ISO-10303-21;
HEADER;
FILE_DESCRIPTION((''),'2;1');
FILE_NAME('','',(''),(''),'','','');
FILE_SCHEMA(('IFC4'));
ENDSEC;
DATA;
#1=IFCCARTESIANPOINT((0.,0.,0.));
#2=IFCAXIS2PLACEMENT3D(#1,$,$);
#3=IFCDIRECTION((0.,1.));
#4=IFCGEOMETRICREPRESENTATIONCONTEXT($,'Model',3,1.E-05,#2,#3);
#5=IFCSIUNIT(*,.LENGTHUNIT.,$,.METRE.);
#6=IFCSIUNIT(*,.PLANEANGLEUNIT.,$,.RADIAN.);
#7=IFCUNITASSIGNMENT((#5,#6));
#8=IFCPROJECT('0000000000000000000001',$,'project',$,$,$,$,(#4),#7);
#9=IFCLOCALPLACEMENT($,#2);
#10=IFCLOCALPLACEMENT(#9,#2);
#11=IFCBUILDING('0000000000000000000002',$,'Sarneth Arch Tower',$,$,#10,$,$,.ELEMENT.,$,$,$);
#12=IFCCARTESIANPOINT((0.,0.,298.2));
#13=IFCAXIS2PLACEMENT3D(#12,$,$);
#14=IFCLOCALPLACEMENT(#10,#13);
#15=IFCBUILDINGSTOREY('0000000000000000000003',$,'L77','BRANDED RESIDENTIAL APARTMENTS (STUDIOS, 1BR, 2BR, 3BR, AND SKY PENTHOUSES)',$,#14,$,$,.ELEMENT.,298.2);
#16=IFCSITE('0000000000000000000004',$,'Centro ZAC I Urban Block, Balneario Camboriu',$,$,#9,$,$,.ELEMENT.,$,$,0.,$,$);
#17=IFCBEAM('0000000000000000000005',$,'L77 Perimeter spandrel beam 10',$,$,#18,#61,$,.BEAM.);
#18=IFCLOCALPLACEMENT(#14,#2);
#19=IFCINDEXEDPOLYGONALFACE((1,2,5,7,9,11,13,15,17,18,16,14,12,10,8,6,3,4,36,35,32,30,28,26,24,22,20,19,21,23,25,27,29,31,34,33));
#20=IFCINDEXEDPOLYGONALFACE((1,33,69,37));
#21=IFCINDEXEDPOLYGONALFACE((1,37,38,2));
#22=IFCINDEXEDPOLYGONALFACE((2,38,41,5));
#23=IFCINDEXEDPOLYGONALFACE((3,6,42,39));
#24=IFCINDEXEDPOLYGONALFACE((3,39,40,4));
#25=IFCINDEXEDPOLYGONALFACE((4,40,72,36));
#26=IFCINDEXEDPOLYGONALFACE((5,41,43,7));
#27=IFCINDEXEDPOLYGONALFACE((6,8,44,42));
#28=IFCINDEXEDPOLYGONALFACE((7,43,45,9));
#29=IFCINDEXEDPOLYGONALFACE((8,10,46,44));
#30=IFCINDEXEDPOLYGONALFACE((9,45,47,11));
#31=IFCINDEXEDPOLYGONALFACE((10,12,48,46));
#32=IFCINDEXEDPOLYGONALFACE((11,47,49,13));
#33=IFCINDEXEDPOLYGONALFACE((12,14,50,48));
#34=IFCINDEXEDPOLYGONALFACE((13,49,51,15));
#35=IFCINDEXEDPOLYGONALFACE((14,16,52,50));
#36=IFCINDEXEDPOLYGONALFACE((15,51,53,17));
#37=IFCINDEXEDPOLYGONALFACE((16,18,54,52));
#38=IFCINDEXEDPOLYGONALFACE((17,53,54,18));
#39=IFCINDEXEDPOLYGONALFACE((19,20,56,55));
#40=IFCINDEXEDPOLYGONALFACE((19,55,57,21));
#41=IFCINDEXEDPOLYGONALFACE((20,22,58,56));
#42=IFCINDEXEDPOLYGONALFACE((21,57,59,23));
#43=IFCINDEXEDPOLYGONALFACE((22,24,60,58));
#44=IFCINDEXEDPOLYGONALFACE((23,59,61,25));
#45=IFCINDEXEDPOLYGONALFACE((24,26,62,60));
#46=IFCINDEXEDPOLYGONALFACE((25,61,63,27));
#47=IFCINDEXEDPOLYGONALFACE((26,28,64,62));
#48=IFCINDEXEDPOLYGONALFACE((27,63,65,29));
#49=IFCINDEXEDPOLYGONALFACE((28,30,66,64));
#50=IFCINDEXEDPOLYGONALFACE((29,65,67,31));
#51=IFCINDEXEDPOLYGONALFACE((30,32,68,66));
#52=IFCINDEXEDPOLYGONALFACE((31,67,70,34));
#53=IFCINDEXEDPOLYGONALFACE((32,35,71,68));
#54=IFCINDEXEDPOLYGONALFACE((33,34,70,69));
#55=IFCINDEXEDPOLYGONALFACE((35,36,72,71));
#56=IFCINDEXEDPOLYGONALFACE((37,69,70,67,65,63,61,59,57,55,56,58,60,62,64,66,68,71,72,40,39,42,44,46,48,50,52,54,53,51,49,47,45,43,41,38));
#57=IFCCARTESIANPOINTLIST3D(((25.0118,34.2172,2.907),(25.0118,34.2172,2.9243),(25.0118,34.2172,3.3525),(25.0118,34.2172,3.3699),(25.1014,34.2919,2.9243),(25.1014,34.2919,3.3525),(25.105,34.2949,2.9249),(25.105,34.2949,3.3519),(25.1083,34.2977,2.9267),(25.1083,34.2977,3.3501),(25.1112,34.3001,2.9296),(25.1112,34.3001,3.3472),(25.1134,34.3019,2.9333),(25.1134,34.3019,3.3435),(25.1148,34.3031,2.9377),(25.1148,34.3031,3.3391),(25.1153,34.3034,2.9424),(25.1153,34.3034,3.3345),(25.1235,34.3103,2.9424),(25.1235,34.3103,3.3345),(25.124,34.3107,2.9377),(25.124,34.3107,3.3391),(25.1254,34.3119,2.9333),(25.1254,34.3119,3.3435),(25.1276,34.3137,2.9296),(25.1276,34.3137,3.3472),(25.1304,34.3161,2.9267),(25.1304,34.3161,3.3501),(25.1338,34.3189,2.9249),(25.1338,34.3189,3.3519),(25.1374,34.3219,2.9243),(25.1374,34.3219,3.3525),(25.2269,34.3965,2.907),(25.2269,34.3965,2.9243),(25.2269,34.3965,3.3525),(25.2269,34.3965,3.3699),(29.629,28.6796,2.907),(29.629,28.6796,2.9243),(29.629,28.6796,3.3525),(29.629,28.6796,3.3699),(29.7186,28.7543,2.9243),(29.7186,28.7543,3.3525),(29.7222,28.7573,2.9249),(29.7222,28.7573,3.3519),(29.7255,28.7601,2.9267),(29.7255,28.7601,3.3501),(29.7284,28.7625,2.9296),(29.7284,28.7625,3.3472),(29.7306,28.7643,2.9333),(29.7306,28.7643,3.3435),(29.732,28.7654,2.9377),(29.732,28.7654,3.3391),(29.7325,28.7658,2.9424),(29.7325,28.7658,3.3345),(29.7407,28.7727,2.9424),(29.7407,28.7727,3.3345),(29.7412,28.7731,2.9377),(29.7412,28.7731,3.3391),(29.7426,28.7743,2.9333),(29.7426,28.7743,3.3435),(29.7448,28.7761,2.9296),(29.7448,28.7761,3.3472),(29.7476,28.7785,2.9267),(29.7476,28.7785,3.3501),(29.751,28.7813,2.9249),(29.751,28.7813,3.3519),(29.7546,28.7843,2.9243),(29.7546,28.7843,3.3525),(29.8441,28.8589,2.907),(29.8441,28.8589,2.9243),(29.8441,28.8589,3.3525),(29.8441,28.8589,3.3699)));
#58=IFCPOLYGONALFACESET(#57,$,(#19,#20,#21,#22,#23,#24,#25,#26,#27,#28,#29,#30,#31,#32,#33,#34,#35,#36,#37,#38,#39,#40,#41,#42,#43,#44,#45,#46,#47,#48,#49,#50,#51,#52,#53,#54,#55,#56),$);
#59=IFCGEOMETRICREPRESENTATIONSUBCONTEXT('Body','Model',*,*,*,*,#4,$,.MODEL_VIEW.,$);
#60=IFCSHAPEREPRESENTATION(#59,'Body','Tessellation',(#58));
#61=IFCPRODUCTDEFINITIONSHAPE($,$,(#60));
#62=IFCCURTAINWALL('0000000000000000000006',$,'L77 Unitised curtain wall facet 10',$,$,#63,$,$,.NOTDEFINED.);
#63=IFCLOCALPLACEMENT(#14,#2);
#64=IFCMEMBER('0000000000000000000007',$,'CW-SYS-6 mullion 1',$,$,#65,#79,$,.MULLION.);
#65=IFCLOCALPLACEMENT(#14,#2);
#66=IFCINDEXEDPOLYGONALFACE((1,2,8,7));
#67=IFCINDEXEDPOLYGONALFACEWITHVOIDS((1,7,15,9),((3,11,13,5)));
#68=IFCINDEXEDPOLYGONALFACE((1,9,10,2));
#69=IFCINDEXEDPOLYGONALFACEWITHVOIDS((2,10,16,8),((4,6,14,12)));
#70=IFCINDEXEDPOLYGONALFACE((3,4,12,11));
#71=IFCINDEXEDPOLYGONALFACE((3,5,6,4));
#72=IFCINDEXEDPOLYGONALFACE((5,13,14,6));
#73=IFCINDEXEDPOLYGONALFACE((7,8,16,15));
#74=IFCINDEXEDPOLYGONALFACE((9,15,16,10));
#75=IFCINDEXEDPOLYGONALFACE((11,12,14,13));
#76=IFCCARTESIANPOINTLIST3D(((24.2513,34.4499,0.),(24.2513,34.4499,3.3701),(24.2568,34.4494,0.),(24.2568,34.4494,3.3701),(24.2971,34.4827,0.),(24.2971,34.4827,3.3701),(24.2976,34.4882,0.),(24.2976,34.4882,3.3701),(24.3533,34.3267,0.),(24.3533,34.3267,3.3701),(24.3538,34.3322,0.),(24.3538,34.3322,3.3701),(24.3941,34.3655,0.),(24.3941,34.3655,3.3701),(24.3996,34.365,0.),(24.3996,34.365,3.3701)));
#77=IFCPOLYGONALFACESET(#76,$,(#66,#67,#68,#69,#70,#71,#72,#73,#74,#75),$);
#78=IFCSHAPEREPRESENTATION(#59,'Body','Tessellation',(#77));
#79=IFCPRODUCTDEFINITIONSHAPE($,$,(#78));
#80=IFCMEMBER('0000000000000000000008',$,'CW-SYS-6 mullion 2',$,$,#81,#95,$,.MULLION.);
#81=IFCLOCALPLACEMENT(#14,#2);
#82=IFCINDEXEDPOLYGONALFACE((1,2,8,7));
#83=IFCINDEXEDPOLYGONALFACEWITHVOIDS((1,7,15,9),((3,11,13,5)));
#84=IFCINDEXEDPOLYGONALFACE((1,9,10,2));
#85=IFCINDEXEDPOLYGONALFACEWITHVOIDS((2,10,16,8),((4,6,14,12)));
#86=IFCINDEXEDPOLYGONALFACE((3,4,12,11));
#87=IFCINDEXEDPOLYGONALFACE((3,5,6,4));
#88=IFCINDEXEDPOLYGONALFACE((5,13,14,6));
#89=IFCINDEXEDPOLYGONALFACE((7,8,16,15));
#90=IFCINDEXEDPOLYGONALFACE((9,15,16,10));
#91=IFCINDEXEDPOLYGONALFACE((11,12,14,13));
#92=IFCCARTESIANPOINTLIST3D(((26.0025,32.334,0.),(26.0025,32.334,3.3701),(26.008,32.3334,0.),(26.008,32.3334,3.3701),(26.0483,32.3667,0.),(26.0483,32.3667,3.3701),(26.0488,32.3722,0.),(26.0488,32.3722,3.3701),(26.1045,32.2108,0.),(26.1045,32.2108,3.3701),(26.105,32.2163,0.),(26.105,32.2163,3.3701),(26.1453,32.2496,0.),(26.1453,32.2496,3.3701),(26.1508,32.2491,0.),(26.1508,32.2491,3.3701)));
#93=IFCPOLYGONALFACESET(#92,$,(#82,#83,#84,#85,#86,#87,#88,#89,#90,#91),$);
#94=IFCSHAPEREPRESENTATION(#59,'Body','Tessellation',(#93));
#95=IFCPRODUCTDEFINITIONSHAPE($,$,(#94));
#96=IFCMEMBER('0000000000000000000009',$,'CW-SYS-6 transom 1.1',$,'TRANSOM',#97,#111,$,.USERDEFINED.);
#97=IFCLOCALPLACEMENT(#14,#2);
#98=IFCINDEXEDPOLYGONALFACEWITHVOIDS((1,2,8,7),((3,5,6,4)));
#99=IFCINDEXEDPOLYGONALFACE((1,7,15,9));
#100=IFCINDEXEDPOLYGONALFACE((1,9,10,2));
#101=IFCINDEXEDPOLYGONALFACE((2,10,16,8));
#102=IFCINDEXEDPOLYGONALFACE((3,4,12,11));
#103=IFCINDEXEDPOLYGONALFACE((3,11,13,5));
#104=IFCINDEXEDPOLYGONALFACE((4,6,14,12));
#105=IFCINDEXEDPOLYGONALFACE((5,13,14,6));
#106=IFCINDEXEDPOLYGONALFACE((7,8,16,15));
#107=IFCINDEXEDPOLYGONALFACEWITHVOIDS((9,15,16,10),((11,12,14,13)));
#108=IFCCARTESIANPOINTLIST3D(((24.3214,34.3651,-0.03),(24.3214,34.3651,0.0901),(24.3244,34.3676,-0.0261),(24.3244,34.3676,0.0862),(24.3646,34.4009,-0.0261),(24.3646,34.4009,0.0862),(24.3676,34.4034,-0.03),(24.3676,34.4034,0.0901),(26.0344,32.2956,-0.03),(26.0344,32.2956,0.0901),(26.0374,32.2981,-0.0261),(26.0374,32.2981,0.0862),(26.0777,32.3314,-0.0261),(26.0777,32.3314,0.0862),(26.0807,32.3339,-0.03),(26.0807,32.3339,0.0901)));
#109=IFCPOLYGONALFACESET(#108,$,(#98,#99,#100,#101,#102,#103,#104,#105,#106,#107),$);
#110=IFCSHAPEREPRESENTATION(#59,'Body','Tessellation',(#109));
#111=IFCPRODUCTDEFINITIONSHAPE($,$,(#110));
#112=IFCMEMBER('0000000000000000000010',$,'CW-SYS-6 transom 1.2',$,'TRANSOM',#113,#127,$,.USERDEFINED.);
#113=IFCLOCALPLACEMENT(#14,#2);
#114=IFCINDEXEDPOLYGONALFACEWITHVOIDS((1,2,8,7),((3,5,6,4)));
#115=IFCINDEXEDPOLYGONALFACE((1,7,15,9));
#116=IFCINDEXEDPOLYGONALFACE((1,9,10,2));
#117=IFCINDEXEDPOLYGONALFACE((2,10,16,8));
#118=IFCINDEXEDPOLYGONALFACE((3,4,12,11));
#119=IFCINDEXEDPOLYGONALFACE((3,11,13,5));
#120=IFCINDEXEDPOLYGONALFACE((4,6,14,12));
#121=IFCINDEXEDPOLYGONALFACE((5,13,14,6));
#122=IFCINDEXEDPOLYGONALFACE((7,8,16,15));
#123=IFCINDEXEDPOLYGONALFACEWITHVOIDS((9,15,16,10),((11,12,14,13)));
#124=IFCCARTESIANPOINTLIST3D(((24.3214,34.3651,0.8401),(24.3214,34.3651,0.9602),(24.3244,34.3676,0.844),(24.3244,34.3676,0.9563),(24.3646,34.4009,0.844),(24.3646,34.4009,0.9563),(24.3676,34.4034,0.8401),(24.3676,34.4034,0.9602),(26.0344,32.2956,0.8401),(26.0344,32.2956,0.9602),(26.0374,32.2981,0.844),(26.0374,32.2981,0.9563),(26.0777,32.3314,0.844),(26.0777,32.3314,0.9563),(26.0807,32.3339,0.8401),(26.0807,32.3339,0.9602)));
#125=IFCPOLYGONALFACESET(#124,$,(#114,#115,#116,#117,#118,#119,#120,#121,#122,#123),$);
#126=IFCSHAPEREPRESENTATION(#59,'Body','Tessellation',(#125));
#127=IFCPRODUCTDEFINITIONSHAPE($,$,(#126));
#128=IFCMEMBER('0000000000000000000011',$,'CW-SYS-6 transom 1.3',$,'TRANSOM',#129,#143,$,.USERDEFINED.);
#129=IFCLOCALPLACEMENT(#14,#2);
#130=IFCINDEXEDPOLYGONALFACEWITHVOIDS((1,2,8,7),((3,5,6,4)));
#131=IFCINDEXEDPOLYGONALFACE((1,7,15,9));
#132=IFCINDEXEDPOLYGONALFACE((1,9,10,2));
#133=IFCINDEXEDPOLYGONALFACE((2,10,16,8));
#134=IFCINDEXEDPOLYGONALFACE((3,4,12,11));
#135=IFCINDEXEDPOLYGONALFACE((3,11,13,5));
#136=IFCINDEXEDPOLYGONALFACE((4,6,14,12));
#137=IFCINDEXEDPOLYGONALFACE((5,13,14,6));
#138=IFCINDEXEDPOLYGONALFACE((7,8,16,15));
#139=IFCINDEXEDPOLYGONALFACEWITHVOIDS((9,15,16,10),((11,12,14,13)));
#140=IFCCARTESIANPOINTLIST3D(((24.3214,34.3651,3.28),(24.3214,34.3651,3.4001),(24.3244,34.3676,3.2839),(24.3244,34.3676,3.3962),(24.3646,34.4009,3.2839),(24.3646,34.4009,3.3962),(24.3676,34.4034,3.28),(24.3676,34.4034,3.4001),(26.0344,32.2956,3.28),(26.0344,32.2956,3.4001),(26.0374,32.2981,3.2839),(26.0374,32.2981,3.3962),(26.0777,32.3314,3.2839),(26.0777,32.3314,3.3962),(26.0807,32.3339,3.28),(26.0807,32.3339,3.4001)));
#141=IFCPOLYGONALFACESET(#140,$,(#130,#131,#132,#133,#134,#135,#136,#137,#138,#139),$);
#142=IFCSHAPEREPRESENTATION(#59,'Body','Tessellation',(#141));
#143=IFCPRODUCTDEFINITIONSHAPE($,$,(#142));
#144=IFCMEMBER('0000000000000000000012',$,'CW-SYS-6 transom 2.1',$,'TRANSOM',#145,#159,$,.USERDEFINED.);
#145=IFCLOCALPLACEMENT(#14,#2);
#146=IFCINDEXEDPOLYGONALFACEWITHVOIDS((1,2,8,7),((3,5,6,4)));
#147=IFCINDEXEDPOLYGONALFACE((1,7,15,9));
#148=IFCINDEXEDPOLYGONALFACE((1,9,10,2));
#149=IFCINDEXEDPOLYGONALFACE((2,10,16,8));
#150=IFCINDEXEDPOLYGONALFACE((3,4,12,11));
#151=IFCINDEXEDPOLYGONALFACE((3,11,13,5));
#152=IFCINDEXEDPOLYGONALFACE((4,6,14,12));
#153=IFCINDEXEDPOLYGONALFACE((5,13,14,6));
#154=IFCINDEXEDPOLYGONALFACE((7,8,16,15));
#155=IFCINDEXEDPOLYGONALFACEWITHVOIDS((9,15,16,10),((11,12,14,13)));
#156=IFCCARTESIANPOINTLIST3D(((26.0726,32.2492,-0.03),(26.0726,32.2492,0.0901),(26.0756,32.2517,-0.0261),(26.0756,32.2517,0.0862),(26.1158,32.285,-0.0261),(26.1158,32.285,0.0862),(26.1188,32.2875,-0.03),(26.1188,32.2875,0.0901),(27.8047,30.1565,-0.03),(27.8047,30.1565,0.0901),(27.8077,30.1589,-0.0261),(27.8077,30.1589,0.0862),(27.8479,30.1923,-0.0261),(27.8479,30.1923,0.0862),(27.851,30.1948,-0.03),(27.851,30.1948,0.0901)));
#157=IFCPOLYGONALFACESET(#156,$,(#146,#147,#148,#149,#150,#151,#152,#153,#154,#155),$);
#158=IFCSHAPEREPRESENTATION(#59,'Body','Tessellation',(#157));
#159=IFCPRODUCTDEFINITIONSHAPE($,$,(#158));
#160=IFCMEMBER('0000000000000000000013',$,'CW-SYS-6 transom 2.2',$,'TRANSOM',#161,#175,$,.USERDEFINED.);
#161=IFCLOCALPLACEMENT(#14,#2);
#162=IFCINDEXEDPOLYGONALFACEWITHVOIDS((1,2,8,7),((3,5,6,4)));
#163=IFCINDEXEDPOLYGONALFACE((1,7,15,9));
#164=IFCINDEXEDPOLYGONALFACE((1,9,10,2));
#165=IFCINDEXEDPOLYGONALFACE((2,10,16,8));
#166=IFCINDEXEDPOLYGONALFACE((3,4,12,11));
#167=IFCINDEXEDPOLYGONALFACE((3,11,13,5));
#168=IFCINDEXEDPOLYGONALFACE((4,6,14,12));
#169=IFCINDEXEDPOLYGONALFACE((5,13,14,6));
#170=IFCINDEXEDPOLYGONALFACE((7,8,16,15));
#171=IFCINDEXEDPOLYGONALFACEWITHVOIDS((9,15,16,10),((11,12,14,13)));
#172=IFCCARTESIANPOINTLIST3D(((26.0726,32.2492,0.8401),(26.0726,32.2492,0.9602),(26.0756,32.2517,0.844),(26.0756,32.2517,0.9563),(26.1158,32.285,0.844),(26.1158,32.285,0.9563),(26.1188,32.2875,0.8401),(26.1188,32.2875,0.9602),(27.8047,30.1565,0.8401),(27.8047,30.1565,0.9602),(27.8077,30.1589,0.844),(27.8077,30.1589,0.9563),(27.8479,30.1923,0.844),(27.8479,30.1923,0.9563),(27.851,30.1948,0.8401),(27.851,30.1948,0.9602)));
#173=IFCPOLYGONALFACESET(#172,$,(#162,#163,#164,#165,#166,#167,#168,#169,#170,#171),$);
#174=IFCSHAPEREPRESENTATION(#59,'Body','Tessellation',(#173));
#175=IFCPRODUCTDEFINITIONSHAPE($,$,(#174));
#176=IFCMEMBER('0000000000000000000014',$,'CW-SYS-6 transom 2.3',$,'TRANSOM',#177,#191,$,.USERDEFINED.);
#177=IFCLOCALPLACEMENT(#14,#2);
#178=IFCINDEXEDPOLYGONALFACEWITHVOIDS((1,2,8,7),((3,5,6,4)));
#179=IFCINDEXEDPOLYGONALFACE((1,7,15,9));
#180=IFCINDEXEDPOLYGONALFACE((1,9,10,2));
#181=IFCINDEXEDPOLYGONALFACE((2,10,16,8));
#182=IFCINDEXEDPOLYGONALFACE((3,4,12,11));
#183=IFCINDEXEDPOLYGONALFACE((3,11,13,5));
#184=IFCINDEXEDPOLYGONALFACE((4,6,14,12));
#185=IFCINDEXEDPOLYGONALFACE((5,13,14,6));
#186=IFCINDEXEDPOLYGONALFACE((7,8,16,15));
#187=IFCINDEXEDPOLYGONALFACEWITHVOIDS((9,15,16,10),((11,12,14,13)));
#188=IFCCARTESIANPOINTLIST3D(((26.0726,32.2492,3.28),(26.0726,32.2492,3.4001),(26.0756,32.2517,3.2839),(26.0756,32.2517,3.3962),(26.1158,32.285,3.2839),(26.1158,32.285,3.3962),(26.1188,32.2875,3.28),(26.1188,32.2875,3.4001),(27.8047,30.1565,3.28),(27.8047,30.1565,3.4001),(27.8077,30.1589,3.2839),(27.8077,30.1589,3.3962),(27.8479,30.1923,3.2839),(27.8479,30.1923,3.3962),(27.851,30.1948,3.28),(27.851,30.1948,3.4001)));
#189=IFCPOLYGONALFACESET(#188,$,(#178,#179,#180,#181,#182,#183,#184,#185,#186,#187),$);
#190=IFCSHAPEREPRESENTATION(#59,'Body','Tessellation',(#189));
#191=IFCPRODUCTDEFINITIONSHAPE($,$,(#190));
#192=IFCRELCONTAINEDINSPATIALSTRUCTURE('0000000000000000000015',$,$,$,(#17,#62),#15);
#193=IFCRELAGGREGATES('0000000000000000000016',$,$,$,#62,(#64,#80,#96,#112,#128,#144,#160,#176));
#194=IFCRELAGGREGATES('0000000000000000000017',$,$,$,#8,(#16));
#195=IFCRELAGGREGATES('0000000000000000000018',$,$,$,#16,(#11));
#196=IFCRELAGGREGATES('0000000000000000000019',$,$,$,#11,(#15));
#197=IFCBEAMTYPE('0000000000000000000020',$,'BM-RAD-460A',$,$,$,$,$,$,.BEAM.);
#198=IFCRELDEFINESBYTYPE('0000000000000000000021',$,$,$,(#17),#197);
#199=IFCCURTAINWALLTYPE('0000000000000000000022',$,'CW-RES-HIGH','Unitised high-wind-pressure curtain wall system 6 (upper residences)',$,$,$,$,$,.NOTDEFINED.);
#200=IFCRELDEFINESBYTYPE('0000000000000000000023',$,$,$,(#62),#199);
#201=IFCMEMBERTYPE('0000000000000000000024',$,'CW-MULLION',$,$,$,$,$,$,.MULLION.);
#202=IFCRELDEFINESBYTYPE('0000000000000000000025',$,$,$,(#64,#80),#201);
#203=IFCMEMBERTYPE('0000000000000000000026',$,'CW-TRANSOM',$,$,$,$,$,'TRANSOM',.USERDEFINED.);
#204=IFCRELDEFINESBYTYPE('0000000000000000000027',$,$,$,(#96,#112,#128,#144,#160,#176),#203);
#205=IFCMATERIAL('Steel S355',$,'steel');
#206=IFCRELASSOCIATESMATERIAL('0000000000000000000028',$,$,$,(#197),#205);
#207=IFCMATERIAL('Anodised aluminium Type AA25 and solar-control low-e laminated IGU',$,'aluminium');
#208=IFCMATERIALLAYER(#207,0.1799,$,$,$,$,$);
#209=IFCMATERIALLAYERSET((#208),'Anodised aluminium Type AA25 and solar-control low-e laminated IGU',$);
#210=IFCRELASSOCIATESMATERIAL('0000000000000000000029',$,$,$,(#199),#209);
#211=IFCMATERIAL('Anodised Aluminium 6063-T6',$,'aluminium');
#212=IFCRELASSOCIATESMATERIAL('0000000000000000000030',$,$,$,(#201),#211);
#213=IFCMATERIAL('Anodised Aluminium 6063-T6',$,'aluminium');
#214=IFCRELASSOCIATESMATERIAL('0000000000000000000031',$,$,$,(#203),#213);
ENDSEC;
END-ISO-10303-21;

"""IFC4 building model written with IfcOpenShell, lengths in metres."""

from ifc_helpers import new_model, si_unit, direction, frame, origin, origin_2d, place, context, subcontext, project, spatial, hollow_rectangle, i_section, extrude, material, layer, layer_set, material_profile, profile_set, type_object, element, aggregate, save


model = new_model("IFC4")

# Units and contexts
model_context = context("Model", 3, precision=1e-05, world=origin(), true_north=direction((0.0, 1.0)))
body_context = subcontext(model_context, "Body", "Model", "MODEL_VIEW")
ifc_project = project(units=[si_unit("LENGTHUNIT", "METRE"), si_unit("PLANEANGLEUNIT", "RADIAN")], contexts=[model_context])

# Site, building, storey
site_placement = place(None, origin())
site = spatial("IfcSite", under=ifc_project, at=site_placement, Name="Centro ZAC I Urban Block, Balneario Camboriu", CompositionType="ELEMENT", RefElevation=0.0)
building_placement = place(site_placement, origin())
building = spatial("IfcBuilding", under=site, at=building_placement, Name="Sarneth Arch Tower", CompositionType="ELEMENT")
storey_placement = place(building_placement, frame((0.0, 0.0, 298.2)))
storey = spatial("IfcBuildingStorey", under=building, at=storey_placement, Name="L77", Description="BRANDED RESIDENTIAL APARTMENTS (STUDIOS, 1BR, 2BR, 3BR, AND SKY PENTHOUSES)", CompositionType="ELEMENT", Elevation=298.2)

# Beam
ifc_material_1 = material(Name="Steel S355", Category="steel")
ifc_material_profile_1 = material_profile(ifc_material_1, i_section(OverallWidth=0.28, OverallDepth=0.4629, WebThickness=0.0107, FlangeThickness=0.0173, FilletRadius=0.0181, at=origin_2d()), Name="W460x113")
ifc_profile_set_1 = profile_set([ifc_material_profile_1], Name="Steel S355")
beam_type_1 = type_object("IfcBeamType", Name="BM-RAD-460A", PredefinedType="BEAM", material=ifc_profile_set_1)
beam_1_placement = place(storey_placement, frame((25.1194, 34.3069, 3.1384), z_axis=(0.640391, -0.768049, 0.0), x_axis=(0.768049, 0.640391, 0.0)))
element("IfcBeam", 1, at=beam_1_placement, inside=storey, type_object=beam_type_1, Name="L77 Perimeter spandrel beam 10", PredefinedType="BEAM", context=body_context, shape_type="SweptSolid", body=[
    extrude(i_section(OverallWidth=0.28, OverallDepth=0.4629, WebThickness=0.0107, FlangeThickness=0.0173, FilletRadius=0.0181, at=origin_2d()), origin(), (0.0, 0.0, 1.0), 7.21),
])

# Curtain wall, members
ifc_material_2 = material(Name="Anodised aluminium Type AA25 and solar-control low-e laminated IGU", Category="aluminium")
ifc_layer_1 = layer(ifc_material_2, 0.1799)
ifc_layer_set_1 = layer_set([ifc_layer_1], Name="Anodised aluminium Type AA25 and solar-control low-e laminated IGU")
curtain_wall_type = type_object("IfcCurtainWallType", Name="CW-RES-HIGH", Description="Unitised high-wind-pressure curtain wall system 6 (upper residences)", PredefinedType="NOTDEFINED", material=ifc_layer_set_1)
curtain_wall_placement = place(storey_placement, origin())
curtain_wall = element("IfcCurtainWall", 2, at=curtain_wall_placement, inside=storey, type_object=curtain_wall_type, Name="L77 Unitised curtain wall facet 10", PredefinedType="NOTDEFINED")
ifc_material_3 = material(Name="Anodised Aluminium 6063-T6", Category="aluminium")
ifc_material_profile_2 = material_profile(ifc_material_3, hollow_rectangle(XDim=0.0601, YDim=0.1599, WallThickness=0.0039, at=origin_2d()), Name="AL-MULL-160x60x4")
ifc_profile_set_2 = profile_set([ifc_material_profile_2], Name="Anodised Aluminium 6063-T6")
member_type_1 = type_object("IfcMemberType", Name="CW-MULLION", PredefinedType="MULLION", material=ifc_profile_set_2)
member_1_placement = place(storey_placement, frame((24.3254, 34.4075, 0.0), z_axis=(0.0, 0.0, 1.0), x_axis=(0.770359, 0.63761, 0.0)))
member_1 = element("IfcMember", 3, at=member_1_placement, type_object=member_type_1, Name="CW-SYS-6 mullion 1", PredefinedType="MULLION", context=body_context, shape_type="SweptSolid", body=[
    extrude(hollow_rectangle(XDim=0.0601, YDim=0.1599, WallThickness=0.0039, at=origin_2d()), origin(), (0.0, 0.0, 1.0), 3.3701),
])
member_2_placement = place(storey_placement, frame((26.0767, 32.2915, 0.0), z_axis=(0.0, 0.0, 1.0), x_axis=(0.770359, 0.63761, 0.0)))
member_2 = element("IfcMember", 4, at=member_2_placement, type_object=member_type_1, Name="CW-SYS-6 mullion 2", PredefinedType="MULLION", context=body_context, shape_type="SweptSolid", body=[
    extrude(hollow_rectangle(XDim=0.0601, YDim=0.1599, WallThickness=0.0039, at=origin_2d()), origin(), (0.0, 0.0, 1.0), 3.3701),
])
ifc_material_4 = material(Name="Anodised Aluminium 6063-T6", Category="aluminium")
ifc_material_profile_3 = material_profile(ifc_material_4, hollow_rectangle(XDim=0.0601, YDim=0.1201, WallThickness=0.0039, at=origin_2d()), Name="AL-TRAN-120x60x4")
ifc_profile_set_3 = profile_set([ifc_material_profile_3], Name="Anodised Aluminium 6063-T6")
member_type_2 = type_object("IfcMemberType", Name="CW-TRANSOM", ElementType="TRANSOM", PredefinedType="USERDEFINED", material=ifc_profile_set_3)
member_3_placement = place(storey_placement, frame((24.3445, 34.3843, 0.03), z_axis=(0.637651, -0.770325, 0.0), x_axis=(0.770325, 0.637651, 0.0)))
member_3 = element("IfcMember", 5, at=member_3_placement, type_object=member_type_2, Name="CW-SYS-6 transom 1.1", ObjectType="TRANSOM", PredefinedType="USERDEFINED", context=body_context, shape_type="SweptSolid", body=[
    extrude(hollow_rectangle(XDim=0.0601, YDim=0.1201, WallThickness=0.0039, at=origin_2d()), origin(), (0.0, 0.0, 1.0), 2.6865),
])
member_4_placement = place(storey_placement, frame((24.3445, 34.3843, 0.9001), z_axis=(0.637651, -0.770325, 0.0), x_axis=(0.770325, 0.637651, 0.0)))
member_4 = element("IfcMember", 6, at=member_4_placement, type_object=member_type_2, Name="CW-SYS-6 transom 1.2", ObjectType="TRANSOM", PredefinedType="USERDEFINED", context=body_context, shape_type="SweptSolid", body=[
    extrude(hollow_rectangle(XDim=0.0601, YDim=0.1201, WallThickness=0.0039, at=origin_2d()), origin(), (0.0, 0.0, 1.0), 2.6865),
])
member_5_placement = place(storey_placement, frame((24.3445, 34.3843, 3.3401), z_axis=(0.637651, -0.770325, 0.0), x_axis=(0.770325, 0.637651, 0.0)))
member_5 = element("IfcMember", 7, at=member_5_placement, type_object=member_type_2, Name="CW-SYS-6 transom 1.3", ObjectType="TRANSOM", PredefinedType="USERDEFINED", context=body_context, shape_type="SweptSolid", body=[
    extrude(hollow_rectangle(XDim=0.0601, YDim=0.1201, WallThickness=0.0039, at=origin_2d()), origin(), (0.0, 0.0, 1.0), 2.6865),
])
member_6_placement = place(storey_placement, frame((26.0957, 32.2683, 0.03), z_axis=(0.637617, -0.770353, 0.0), x_axis=(0.770353, 0.637617, 0.0)))
member_6 = element("IfcMember", 8, at=member_6_placement, type_object=member_type_2, Name="CW-SYS-6 transom 2.1", ObjectType="TRANSOM", PredefinedType="USERDEFINED", context=body_context, shape_type="SweptSolid", body=[
    extrude(hollow_rectangle(XDim=0.0601, YDim=0.1201, WallThickness=0.0039, at=origin_2d()), origin(), (0.0, 0.0, 1.0), 2.7166),
])
member_7_placement = place(storey_placement, frame((26.0957, 32.2683, 0.9001), z_axis=(0.637617, -0.770353, 0.0), x_axis=(0.770353, 0.637617, 0.0)))
member_7 = element("IfcMember", 9, at=member_7_placement, type_object=member_type_2, Name="CW-SYS-6 transom 2.2", ObjectType="TRANSOM", PredefinedType="USERDEFINED", context=body_context, shape_type="SweptSolid", body=[
    extrude(hollow_rectangle(XDim=0.0601, YDim=0.1201, WallThickness=0.0039, at=origin_2d()), origin(), (0.0, 0.0, 1.0), 2.7166),
])
member_8_placement = place(storey_placement, frame((26.0957, 32.2683, 3.3401), z_axis=(0.637617, -0.770353, 0.0), x_axis=(0.770353, 0.637617, 0.0)))
member_8 = element("IfcMember", 10, at=member_8_placement, type_object=member_type_2, Name="CW-SYS-6 transom 2.3", ObjectType="TRANSOM", PredefinedType="USERDEFINED", context=body_context, shape_type="SweptSolid", body=[
    extrude(hollow_rectangle(XDim=0.0601, YDim=0.1201, WallThickness=0.0039, at=origin_2d()), origin(), (0.0, 0.0, 1.0), 2.7166),
])
aggregate(curtain_wall, [member_1, member_2, member_3, member_4, member_5, member_6, member_7, member_8])

save(model, "model.ifc")
